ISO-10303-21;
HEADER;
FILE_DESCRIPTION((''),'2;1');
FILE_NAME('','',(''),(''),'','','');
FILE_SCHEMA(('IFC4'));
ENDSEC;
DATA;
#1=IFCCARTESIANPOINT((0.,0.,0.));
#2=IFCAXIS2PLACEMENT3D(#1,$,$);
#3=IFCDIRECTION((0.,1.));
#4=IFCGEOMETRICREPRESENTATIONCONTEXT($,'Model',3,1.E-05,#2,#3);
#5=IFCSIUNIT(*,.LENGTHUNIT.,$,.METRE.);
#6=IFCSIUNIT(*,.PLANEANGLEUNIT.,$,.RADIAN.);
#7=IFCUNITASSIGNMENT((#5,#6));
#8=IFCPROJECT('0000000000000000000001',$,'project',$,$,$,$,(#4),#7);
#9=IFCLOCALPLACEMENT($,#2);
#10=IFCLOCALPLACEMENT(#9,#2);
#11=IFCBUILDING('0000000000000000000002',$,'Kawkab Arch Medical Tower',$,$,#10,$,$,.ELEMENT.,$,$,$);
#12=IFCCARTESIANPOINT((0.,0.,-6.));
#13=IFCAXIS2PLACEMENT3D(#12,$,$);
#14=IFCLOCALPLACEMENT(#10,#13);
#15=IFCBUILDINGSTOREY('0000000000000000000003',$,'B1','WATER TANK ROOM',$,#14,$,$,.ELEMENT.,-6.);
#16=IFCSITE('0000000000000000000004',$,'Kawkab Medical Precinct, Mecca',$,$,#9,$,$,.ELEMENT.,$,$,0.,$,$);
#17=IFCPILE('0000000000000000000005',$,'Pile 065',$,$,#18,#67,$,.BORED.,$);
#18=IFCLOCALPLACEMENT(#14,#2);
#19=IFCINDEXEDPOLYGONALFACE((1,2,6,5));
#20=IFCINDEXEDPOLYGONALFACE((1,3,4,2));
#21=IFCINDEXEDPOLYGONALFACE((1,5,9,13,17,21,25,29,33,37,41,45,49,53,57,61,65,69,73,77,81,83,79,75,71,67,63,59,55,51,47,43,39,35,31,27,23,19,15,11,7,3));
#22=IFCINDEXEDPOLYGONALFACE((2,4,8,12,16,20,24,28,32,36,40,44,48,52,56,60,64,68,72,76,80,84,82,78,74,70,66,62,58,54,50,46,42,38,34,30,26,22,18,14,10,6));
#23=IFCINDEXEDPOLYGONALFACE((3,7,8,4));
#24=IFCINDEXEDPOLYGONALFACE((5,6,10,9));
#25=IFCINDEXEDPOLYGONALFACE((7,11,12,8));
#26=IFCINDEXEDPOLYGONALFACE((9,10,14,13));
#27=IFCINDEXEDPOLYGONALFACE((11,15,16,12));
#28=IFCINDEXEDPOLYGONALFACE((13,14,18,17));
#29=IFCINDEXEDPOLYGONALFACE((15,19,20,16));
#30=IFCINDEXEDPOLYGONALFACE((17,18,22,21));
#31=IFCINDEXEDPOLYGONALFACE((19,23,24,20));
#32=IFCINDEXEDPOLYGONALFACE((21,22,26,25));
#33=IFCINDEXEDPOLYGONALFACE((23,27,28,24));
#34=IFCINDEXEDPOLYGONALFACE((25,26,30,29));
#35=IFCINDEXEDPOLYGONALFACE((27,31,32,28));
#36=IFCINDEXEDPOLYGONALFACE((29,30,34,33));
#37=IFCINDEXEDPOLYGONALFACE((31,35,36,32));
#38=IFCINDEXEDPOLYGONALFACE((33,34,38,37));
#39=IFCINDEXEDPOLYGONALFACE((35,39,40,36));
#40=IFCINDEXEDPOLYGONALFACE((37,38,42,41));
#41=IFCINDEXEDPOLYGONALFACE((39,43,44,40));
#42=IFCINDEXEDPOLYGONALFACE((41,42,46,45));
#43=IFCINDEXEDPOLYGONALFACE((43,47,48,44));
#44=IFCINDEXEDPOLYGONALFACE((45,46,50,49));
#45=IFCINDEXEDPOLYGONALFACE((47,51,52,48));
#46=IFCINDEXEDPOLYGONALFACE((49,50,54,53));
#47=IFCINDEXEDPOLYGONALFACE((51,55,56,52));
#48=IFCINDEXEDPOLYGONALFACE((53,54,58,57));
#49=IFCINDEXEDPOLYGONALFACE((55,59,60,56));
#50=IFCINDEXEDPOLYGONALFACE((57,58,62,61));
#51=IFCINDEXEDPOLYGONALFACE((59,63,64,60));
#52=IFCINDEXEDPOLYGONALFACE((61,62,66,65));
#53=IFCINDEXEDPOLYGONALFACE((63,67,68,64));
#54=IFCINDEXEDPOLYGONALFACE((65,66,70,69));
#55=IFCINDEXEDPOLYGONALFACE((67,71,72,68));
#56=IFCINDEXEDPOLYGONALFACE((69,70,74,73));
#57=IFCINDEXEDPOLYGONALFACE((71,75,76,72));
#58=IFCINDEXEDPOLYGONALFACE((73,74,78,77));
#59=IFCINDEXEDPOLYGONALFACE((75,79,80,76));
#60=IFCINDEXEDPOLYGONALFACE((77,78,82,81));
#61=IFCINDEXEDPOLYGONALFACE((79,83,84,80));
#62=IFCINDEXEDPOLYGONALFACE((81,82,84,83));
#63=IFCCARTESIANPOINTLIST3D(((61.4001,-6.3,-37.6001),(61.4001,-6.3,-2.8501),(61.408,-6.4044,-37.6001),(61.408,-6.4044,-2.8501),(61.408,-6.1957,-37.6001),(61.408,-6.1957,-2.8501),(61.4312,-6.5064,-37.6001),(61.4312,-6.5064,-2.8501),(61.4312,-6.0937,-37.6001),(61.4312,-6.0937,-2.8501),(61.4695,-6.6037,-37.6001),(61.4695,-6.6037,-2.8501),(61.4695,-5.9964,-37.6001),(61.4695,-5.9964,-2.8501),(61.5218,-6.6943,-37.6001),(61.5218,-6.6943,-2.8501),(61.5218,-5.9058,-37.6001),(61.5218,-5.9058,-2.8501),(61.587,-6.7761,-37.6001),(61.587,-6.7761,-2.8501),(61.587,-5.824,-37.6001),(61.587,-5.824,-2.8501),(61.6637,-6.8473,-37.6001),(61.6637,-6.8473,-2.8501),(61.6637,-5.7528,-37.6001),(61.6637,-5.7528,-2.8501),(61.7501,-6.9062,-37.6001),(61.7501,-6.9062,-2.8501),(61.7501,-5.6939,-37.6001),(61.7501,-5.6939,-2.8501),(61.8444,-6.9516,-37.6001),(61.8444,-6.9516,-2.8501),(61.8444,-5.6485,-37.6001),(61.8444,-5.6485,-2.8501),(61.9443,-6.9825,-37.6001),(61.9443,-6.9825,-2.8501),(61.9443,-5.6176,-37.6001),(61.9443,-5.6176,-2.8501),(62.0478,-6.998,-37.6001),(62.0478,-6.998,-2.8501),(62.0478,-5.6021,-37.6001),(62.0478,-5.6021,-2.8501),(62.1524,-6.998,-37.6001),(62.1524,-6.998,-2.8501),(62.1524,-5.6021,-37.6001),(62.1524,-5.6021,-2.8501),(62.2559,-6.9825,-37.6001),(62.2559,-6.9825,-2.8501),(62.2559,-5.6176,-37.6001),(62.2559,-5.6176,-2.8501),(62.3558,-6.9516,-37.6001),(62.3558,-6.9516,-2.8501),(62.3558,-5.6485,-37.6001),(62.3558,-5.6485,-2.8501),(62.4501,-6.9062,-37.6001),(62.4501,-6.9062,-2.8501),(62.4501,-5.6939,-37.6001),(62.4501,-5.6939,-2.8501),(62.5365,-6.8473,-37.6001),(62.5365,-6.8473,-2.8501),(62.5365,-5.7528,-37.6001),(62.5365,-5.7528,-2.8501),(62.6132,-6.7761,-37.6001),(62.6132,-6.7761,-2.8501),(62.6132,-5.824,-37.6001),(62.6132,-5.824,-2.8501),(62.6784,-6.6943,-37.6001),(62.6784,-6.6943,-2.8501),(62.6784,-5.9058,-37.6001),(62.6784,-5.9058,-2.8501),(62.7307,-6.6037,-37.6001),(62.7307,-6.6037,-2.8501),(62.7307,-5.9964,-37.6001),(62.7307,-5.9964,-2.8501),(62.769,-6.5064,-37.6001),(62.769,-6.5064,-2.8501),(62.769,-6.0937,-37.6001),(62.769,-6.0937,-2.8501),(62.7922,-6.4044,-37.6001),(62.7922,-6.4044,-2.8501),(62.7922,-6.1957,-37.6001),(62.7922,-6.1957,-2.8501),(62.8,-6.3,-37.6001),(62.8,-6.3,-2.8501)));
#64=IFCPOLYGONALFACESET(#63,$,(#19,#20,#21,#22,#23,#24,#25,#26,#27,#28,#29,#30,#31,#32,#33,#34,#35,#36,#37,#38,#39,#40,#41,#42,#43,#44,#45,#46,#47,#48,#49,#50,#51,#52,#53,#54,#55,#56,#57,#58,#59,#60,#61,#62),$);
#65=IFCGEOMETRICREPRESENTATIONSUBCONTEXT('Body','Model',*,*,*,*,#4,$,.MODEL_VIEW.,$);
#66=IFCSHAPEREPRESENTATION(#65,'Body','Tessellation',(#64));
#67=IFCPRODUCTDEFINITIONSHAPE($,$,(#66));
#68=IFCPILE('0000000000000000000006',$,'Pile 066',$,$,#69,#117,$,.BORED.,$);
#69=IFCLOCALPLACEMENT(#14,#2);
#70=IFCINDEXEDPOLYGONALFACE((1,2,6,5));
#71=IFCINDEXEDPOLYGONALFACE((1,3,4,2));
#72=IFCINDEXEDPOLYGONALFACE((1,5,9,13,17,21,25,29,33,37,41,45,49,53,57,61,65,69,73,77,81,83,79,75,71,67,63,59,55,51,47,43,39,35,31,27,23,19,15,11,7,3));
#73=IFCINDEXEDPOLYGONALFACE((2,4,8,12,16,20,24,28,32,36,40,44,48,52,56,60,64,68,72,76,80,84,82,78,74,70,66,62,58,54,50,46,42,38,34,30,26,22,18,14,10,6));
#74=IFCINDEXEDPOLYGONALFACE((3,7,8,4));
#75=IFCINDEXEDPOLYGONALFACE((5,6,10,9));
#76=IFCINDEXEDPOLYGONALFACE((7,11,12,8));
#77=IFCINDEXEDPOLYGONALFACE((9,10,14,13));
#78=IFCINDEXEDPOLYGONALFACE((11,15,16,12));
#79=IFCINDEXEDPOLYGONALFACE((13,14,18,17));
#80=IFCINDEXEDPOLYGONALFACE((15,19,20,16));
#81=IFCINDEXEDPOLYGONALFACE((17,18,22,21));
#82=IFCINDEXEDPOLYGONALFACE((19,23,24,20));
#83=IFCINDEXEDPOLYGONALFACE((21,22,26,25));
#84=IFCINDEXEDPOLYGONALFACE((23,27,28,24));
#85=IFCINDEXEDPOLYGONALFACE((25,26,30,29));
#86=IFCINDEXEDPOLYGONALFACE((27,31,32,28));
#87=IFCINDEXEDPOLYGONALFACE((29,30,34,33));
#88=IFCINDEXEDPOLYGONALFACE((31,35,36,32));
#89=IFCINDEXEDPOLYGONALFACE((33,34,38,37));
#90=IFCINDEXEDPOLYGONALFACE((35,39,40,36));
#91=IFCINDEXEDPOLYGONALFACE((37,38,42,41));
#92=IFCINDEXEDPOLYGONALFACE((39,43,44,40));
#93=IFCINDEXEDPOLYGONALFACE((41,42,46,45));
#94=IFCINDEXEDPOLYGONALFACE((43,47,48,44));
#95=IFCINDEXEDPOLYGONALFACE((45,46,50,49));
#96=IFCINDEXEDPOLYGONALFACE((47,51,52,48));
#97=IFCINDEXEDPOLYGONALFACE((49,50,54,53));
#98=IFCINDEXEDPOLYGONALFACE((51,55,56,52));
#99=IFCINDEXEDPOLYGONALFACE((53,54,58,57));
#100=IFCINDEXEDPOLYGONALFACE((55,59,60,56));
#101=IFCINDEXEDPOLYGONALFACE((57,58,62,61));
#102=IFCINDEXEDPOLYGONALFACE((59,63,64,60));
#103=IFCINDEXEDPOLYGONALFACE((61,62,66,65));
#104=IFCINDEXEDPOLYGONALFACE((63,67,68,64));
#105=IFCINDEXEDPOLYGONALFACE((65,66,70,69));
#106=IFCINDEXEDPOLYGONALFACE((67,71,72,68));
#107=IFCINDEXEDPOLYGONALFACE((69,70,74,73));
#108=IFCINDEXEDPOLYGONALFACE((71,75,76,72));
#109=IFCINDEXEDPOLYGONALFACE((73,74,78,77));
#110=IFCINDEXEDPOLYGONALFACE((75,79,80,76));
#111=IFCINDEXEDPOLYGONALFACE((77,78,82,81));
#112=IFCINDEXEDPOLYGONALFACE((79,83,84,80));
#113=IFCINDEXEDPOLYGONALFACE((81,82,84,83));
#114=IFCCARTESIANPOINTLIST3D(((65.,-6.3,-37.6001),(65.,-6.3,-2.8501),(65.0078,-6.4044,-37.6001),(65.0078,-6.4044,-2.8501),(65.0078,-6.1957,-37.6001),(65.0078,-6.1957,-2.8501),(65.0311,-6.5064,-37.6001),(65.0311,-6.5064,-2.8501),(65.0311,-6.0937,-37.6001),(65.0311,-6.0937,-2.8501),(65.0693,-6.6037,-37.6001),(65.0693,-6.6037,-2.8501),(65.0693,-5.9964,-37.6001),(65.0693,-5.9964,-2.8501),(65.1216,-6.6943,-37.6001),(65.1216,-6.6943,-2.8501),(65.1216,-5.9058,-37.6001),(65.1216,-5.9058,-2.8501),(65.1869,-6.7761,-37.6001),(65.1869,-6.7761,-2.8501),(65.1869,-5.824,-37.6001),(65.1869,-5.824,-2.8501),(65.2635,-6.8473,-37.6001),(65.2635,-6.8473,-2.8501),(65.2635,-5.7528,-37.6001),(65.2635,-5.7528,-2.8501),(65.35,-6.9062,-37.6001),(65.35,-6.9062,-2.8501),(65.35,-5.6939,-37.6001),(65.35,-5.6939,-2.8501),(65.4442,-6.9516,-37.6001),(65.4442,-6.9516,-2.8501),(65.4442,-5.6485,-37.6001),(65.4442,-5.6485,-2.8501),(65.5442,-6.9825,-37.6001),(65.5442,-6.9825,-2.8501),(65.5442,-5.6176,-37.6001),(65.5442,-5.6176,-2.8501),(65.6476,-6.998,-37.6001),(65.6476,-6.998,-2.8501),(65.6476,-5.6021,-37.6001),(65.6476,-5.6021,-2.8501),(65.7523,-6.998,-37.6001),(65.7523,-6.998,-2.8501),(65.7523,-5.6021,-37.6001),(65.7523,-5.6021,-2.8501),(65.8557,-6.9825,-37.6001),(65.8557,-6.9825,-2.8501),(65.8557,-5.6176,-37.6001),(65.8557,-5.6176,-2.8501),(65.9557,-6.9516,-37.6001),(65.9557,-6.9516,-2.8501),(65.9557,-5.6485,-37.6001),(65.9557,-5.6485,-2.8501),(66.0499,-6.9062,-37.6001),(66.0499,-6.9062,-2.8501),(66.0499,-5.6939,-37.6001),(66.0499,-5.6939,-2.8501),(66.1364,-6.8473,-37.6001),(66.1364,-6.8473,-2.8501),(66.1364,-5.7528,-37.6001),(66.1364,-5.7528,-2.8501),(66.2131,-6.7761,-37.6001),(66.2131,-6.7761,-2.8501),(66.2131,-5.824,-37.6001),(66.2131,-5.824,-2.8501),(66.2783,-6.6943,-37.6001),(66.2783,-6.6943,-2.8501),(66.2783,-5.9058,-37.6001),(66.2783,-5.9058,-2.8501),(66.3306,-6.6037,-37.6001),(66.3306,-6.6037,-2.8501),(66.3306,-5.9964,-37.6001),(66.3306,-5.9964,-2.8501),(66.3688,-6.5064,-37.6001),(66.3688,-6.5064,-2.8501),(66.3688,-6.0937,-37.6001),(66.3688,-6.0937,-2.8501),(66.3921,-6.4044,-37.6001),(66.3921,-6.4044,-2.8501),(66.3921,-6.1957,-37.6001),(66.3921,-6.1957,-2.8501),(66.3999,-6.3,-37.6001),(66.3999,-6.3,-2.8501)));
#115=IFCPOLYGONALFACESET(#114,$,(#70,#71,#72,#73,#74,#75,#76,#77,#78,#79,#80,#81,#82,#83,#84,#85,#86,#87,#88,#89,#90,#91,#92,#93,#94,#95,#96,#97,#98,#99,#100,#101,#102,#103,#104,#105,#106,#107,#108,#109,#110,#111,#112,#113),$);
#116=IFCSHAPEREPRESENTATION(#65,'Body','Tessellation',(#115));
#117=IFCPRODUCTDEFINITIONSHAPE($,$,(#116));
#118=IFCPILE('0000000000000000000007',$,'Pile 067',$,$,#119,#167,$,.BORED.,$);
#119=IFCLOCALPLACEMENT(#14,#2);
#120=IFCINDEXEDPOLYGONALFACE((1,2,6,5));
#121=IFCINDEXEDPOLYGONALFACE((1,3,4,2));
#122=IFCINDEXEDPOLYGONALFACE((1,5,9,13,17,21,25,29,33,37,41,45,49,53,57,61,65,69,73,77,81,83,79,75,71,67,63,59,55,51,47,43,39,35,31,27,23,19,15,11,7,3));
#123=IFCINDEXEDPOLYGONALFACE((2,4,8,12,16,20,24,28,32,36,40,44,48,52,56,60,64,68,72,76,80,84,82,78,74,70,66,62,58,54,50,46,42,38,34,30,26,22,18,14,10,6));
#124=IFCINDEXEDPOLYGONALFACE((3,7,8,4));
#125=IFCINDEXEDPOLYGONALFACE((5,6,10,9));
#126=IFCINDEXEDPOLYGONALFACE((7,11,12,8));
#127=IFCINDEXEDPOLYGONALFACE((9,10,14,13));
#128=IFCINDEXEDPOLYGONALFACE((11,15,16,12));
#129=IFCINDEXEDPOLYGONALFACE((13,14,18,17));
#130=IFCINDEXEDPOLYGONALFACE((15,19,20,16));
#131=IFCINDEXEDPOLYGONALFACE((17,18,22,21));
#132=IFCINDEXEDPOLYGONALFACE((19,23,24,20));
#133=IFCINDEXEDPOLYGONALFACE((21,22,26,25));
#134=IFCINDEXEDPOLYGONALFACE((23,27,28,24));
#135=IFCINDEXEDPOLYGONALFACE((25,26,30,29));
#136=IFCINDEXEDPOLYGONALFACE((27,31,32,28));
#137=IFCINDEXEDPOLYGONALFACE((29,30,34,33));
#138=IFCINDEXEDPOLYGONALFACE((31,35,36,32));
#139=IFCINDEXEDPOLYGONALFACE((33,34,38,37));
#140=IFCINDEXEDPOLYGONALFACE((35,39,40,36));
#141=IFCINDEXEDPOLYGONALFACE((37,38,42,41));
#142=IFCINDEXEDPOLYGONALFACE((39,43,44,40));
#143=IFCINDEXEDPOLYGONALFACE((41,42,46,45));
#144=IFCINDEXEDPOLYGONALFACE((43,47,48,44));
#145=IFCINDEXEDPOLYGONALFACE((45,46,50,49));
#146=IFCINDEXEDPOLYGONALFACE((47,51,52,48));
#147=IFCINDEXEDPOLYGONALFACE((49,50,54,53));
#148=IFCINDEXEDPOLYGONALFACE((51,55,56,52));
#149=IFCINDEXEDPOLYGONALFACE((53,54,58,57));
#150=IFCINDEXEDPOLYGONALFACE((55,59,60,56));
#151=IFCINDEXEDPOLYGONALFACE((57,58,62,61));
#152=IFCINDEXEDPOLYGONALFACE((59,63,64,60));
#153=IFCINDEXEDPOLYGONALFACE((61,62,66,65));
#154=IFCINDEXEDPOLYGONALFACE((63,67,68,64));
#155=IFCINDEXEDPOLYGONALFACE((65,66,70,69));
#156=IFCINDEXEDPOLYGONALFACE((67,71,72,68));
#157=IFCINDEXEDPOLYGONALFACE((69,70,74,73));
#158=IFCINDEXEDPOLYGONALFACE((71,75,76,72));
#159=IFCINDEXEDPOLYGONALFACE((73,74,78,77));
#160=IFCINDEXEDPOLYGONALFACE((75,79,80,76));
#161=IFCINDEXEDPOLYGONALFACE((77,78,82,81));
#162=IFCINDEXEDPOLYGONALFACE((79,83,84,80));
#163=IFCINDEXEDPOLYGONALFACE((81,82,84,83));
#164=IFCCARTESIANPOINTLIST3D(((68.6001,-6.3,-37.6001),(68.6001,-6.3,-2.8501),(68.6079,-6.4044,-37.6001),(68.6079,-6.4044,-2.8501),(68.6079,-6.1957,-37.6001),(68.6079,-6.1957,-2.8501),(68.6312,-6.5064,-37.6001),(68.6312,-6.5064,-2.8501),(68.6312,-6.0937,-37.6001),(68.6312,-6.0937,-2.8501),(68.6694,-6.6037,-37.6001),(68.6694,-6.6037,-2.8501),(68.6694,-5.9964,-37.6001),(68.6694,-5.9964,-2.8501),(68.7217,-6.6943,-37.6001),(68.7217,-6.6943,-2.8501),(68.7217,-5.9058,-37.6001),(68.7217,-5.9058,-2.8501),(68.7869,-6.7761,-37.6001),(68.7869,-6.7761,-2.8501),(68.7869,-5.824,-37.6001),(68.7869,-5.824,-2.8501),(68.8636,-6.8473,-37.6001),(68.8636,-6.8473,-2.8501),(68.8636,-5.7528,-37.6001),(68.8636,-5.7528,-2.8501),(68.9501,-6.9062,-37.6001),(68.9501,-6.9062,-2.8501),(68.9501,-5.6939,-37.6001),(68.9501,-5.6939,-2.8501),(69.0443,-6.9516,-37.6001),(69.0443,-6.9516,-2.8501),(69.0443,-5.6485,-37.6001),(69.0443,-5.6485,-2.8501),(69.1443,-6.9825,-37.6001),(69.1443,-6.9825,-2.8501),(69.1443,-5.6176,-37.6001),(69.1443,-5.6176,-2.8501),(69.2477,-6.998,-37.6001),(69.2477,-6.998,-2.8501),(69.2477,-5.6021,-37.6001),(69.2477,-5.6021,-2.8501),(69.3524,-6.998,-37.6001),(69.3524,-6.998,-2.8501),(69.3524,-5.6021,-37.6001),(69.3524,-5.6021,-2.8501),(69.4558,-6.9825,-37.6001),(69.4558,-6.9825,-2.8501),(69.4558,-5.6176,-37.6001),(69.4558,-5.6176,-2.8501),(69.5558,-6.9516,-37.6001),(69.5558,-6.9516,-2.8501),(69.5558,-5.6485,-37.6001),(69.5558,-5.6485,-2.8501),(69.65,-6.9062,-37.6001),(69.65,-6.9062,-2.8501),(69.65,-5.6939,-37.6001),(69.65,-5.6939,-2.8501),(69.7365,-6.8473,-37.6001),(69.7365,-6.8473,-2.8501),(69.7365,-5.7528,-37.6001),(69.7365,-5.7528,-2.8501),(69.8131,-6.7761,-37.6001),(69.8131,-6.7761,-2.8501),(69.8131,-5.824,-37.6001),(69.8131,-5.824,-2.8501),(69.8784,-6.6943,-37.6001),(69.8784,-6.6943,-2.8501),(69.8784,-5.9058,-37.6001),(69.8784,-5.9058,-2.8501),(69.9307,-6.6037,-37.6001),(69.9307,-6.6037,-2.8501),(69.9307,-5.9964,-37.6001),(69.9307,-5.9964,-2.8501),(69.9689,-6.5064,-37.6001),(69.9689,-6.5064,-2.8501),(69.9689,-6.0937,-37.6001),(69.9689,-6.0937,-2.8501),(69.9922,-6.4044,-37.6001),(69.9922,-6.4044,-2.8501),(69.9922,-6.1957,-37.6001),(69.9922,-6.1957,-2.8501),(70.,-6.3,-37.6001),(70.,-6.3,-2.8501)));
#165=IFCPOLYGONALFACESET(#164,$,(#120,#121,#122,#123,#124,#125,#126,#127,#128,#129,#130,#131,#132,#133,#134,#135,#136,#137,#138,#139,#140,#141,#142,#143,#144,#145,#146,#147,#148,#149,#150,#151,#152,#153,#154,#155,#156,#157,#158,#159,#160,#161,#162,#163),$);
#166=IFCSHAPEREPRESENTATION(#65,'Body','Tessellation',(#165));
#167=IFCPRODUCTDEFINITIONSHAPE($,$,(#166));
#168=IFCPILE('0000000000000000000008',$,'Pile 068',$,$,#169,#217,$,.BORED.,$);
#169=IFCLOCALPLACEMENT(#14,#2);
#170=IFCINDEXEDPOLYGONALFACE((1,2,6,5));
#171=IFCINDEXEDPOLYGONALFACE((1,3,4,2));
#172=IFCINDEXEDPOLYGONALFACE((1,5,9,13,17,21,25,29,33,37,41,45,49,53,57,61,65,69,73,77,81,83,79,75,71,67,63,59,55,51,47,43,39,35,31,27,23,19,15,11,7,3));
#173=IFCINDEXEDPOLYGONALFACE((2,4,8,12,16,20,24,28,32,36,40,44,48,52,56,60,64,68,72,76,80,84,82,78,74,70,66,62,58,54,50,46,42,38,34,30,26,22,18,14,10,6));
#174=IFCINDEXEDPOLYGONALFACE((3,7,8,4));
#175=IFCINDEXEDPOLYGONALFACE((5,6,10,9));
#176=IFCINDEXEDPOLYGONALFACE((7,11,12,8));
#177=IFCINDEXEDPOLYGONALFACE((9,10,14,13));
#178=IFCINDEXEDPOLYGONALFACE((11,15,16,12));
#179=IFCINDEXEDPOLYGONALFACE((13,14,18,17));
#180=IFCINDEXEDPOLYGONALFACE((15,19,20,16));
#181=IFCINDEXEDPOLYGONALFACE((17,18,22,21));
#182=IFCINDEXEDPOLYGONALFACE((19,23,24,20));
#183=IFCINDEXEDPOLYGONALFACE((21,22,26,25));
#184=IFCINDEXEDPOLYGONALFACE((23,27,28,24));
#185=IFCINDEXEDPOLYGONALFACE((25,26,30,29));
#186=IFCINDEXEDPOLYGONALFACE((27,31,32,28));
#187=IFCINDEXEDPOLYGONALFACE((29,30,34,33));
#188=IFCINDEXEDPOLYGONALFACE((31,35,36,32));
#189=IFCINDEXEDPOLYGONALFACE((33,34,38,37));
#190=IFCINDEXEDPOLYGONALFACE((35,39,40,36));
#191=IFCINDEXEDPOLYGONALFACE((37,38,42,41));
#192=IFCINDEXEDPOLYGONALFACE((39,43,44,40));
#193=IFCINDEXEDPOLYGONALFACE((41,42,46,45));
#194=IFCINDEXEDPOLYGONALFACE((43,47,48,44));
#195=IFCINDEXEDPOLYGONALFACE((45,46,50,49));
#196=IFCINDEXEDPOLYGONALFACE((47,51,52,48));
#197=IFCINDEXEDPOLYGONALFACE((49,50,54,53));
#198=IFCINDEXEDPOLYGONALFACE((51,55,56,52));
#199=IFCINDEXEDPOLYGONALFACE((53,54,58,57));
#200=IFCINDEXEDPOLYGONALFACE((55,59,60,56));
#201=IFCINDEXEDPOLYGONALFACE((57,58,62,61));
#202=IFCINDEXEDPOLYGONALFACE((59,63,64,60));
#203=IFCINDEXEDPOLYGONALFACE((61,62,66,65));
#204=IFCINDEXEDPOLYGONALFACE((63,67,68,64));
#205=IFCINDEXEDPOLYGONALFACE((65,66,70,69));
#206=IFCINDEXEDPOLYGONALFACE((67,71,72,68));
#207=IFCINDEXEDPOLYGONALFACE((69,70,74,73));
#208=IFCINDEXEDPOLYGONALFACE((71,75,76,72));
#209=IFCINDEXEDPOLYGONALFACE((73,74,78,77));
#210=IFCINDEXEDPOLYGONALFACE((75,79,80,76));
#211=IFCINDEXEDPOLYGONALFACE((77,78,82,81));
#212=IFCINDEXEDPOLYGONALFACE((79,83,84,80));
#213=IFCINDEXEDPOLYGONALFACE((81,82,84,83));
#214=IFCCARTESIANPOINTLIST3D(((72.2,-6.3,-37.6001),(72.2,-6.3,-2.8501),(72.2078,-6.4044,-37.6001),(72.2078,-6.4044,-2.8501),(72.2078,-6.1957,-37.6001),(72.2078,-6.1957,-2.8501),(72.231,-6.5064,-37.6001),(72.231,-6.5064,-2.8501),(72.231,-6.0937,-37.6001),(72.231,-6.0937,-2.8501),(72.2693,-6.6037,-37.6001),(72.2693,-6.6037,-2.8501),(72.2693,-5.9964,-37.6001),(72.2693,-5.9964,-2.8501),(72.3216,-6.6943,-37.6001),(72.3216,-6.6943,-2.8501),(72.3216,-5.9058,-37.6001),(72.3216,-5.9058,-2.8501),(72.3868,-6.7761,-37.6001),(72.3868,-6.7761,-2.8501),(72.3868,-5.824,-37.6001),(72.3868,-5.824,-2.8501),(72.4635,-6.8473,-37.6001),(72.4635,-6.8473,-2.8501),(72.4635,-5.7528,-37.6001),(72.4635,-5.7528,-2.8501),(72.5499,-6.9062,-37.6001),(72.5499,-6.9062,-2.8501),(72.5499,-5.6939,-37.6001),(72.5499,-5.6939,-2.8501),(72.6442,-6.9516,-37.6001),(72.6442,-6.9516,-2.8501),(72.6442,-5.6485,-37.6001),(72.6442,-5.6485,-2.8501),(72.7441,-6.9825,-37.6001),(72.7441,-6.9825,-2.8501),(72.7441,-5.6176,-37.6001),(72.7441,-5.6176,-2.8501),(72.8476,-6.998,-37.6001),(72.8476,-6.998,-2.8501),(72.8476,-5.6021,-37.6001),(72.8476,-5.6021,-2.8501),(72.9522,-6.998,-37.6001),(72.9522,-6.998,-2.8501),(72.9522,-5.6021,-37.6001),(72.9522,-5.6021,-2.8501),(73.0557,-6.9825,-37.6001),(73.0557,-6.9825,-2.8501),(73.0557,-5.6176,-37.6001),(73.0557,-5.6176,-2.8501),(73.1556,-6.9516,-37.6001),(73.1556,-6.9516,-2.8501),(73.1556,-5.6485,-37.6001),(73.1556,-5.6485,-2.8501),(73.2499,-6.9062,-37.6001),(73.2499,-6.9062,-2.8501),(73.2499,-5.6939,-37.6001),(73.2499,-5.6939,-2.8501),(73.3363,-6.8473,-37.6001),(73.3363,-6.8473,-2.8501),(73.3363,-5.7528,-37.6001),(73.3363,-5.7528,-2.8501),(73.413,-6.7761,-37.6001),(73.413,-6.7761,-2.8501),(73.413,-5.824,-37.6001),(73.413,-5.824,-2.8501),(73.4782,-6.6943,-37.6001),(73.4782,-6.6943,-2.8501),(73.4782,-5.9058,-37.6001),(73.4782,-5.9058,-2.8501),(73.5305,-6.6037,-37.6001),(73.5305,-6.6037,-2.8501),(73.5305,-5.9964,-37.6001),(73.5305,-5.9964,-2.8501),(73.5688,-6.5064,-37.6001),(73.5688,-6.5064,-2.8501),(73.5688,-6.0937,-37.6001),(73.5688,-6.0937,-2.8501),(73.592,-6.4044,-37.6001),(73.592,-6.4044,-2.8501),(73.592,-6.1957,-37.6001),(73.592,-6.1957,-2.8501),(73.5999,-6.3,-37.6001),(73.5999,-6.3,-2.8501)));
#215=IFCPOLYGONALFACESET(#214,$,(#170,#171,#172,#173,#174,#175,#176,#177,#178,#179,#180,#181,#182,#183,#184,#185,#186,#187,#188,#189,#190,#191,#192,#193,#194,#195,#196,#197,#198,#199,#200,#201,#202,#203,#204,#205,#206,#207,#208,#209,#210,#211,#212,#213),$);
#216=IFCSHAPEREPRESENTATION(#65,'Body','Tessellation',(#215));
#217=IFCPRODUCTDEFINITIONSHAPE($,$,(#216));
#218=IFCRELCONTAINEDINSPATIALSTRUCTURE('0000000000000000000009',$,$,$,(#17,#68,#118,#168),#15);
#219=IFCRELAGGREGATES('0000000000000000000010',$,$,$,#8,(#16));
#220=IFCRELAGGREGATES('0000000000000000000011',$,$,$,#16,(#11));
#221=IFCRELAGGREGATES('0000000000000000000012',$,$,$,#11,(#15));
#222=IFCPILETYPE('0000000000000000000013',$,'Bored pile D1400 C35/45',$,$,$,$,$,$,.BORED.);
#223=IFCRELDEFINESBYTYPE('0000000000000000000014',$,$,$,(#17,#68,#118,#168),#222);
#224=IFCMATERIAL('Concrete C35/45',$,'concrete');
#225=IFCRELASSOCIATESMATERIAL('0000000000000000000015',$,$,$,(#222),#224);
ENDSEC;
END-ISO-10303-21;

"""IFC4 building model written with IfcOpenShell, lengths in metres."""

from ifc_helpers import new_model, si_unit, direction, frame, origin, origin_2d, place, context, subcontext, project, spatial, circle, extrude, material, material_profile, profile_set, type_object, element, save


model = new_model("IFC4")

# Units and contexts
model_context = context("Model", 3, precision=1e-05, world=origin(), true_north=direction((0.0, 1.0)))
body_context = subcontext(model_context, "Body", "Model", "MODEL_VIEW")
ifc_project = project(units=[si_unit("LENGTHUNIT", "METRE"), si_unit("PLANEANGLEUNIT", "RADIAN")], contexts=[model_context])

# Site, building, storey
site_placement = place(None, origin())
site = spatial("IfcSite", under=ifc_project, at=site_placement, Name="Kawkab Medical Precinct, Mecca", CompositionType="ELEMENT", RefElevation=0.0)
building_placement = place(site_placement, origin())
building = spatial("IfcBuilding", under=site, at=building_placement, Name="Kawkab Arch Medical Tower", CompositionType="ELEMENT")
storey_placement = place(building_placement, frame((0.0, 0.0, -6.0)))
storey = spatial("IfcBuildingStorey", under=building, at=storey_placement, Name="B1", Description="WATER TANK ROOM", CompositionType="ELEMENT", Elevation=-6.0)

# Piles
ifc_material_1 = material(Name="Concrete C35/45", Category="concrete")
ifc_material_profile_1 = material_profile(ifc_material_1, circle(Radius=0.7, at=origin_2d()), Name="Bored pile D1400")
ifc_profile_set_1 = profile_set([ifc_material_profile_1], Name="Concrete C35/45")
pile_type = type_object("IfcPileType", Name="Bored pile D1400 C35/45", PredefinedType="BORED", material=ifc_profile_set_1)
for number, where, z_axis, x_axis, name in (
    (1, (62.1001, -6.3, -2.8501), (0.0, 0.0, -1.0), (1.0, 0.0, 0.0), "Pile 065"),
    (2, (65.7, -6.3, -2.8501), (0.0, 0.0, -1.0), (1.0, 0.0, 0.0), "Pile 066"),
    (3, (69.3, -6.3, -2.8501), (0.0, 0.0, -1.0), (1.0, 0.0, 0.0), "Pile 067"),
    (4, (72.8999, -6.3, -2.8501), (0.0, 0.0, -1.0), (1.0, 0.0, 0.0), "Pile 068"),
):
    element("IfcPile", number, at=place(storey_placement, frame(where, z_axis=z_axis, x_axis=x_axis)), inside=storey, type_object=pile_type, Name=name, PredefinedType="BORED", context=body_context, shape_type="SweptSolid", body=[
        extrude(circle(Radius=0.7, at=origin_2d()), origin(), (0.0, 0.0, 1.0), 34.75),
    ])

save(model, "model.ifc")
